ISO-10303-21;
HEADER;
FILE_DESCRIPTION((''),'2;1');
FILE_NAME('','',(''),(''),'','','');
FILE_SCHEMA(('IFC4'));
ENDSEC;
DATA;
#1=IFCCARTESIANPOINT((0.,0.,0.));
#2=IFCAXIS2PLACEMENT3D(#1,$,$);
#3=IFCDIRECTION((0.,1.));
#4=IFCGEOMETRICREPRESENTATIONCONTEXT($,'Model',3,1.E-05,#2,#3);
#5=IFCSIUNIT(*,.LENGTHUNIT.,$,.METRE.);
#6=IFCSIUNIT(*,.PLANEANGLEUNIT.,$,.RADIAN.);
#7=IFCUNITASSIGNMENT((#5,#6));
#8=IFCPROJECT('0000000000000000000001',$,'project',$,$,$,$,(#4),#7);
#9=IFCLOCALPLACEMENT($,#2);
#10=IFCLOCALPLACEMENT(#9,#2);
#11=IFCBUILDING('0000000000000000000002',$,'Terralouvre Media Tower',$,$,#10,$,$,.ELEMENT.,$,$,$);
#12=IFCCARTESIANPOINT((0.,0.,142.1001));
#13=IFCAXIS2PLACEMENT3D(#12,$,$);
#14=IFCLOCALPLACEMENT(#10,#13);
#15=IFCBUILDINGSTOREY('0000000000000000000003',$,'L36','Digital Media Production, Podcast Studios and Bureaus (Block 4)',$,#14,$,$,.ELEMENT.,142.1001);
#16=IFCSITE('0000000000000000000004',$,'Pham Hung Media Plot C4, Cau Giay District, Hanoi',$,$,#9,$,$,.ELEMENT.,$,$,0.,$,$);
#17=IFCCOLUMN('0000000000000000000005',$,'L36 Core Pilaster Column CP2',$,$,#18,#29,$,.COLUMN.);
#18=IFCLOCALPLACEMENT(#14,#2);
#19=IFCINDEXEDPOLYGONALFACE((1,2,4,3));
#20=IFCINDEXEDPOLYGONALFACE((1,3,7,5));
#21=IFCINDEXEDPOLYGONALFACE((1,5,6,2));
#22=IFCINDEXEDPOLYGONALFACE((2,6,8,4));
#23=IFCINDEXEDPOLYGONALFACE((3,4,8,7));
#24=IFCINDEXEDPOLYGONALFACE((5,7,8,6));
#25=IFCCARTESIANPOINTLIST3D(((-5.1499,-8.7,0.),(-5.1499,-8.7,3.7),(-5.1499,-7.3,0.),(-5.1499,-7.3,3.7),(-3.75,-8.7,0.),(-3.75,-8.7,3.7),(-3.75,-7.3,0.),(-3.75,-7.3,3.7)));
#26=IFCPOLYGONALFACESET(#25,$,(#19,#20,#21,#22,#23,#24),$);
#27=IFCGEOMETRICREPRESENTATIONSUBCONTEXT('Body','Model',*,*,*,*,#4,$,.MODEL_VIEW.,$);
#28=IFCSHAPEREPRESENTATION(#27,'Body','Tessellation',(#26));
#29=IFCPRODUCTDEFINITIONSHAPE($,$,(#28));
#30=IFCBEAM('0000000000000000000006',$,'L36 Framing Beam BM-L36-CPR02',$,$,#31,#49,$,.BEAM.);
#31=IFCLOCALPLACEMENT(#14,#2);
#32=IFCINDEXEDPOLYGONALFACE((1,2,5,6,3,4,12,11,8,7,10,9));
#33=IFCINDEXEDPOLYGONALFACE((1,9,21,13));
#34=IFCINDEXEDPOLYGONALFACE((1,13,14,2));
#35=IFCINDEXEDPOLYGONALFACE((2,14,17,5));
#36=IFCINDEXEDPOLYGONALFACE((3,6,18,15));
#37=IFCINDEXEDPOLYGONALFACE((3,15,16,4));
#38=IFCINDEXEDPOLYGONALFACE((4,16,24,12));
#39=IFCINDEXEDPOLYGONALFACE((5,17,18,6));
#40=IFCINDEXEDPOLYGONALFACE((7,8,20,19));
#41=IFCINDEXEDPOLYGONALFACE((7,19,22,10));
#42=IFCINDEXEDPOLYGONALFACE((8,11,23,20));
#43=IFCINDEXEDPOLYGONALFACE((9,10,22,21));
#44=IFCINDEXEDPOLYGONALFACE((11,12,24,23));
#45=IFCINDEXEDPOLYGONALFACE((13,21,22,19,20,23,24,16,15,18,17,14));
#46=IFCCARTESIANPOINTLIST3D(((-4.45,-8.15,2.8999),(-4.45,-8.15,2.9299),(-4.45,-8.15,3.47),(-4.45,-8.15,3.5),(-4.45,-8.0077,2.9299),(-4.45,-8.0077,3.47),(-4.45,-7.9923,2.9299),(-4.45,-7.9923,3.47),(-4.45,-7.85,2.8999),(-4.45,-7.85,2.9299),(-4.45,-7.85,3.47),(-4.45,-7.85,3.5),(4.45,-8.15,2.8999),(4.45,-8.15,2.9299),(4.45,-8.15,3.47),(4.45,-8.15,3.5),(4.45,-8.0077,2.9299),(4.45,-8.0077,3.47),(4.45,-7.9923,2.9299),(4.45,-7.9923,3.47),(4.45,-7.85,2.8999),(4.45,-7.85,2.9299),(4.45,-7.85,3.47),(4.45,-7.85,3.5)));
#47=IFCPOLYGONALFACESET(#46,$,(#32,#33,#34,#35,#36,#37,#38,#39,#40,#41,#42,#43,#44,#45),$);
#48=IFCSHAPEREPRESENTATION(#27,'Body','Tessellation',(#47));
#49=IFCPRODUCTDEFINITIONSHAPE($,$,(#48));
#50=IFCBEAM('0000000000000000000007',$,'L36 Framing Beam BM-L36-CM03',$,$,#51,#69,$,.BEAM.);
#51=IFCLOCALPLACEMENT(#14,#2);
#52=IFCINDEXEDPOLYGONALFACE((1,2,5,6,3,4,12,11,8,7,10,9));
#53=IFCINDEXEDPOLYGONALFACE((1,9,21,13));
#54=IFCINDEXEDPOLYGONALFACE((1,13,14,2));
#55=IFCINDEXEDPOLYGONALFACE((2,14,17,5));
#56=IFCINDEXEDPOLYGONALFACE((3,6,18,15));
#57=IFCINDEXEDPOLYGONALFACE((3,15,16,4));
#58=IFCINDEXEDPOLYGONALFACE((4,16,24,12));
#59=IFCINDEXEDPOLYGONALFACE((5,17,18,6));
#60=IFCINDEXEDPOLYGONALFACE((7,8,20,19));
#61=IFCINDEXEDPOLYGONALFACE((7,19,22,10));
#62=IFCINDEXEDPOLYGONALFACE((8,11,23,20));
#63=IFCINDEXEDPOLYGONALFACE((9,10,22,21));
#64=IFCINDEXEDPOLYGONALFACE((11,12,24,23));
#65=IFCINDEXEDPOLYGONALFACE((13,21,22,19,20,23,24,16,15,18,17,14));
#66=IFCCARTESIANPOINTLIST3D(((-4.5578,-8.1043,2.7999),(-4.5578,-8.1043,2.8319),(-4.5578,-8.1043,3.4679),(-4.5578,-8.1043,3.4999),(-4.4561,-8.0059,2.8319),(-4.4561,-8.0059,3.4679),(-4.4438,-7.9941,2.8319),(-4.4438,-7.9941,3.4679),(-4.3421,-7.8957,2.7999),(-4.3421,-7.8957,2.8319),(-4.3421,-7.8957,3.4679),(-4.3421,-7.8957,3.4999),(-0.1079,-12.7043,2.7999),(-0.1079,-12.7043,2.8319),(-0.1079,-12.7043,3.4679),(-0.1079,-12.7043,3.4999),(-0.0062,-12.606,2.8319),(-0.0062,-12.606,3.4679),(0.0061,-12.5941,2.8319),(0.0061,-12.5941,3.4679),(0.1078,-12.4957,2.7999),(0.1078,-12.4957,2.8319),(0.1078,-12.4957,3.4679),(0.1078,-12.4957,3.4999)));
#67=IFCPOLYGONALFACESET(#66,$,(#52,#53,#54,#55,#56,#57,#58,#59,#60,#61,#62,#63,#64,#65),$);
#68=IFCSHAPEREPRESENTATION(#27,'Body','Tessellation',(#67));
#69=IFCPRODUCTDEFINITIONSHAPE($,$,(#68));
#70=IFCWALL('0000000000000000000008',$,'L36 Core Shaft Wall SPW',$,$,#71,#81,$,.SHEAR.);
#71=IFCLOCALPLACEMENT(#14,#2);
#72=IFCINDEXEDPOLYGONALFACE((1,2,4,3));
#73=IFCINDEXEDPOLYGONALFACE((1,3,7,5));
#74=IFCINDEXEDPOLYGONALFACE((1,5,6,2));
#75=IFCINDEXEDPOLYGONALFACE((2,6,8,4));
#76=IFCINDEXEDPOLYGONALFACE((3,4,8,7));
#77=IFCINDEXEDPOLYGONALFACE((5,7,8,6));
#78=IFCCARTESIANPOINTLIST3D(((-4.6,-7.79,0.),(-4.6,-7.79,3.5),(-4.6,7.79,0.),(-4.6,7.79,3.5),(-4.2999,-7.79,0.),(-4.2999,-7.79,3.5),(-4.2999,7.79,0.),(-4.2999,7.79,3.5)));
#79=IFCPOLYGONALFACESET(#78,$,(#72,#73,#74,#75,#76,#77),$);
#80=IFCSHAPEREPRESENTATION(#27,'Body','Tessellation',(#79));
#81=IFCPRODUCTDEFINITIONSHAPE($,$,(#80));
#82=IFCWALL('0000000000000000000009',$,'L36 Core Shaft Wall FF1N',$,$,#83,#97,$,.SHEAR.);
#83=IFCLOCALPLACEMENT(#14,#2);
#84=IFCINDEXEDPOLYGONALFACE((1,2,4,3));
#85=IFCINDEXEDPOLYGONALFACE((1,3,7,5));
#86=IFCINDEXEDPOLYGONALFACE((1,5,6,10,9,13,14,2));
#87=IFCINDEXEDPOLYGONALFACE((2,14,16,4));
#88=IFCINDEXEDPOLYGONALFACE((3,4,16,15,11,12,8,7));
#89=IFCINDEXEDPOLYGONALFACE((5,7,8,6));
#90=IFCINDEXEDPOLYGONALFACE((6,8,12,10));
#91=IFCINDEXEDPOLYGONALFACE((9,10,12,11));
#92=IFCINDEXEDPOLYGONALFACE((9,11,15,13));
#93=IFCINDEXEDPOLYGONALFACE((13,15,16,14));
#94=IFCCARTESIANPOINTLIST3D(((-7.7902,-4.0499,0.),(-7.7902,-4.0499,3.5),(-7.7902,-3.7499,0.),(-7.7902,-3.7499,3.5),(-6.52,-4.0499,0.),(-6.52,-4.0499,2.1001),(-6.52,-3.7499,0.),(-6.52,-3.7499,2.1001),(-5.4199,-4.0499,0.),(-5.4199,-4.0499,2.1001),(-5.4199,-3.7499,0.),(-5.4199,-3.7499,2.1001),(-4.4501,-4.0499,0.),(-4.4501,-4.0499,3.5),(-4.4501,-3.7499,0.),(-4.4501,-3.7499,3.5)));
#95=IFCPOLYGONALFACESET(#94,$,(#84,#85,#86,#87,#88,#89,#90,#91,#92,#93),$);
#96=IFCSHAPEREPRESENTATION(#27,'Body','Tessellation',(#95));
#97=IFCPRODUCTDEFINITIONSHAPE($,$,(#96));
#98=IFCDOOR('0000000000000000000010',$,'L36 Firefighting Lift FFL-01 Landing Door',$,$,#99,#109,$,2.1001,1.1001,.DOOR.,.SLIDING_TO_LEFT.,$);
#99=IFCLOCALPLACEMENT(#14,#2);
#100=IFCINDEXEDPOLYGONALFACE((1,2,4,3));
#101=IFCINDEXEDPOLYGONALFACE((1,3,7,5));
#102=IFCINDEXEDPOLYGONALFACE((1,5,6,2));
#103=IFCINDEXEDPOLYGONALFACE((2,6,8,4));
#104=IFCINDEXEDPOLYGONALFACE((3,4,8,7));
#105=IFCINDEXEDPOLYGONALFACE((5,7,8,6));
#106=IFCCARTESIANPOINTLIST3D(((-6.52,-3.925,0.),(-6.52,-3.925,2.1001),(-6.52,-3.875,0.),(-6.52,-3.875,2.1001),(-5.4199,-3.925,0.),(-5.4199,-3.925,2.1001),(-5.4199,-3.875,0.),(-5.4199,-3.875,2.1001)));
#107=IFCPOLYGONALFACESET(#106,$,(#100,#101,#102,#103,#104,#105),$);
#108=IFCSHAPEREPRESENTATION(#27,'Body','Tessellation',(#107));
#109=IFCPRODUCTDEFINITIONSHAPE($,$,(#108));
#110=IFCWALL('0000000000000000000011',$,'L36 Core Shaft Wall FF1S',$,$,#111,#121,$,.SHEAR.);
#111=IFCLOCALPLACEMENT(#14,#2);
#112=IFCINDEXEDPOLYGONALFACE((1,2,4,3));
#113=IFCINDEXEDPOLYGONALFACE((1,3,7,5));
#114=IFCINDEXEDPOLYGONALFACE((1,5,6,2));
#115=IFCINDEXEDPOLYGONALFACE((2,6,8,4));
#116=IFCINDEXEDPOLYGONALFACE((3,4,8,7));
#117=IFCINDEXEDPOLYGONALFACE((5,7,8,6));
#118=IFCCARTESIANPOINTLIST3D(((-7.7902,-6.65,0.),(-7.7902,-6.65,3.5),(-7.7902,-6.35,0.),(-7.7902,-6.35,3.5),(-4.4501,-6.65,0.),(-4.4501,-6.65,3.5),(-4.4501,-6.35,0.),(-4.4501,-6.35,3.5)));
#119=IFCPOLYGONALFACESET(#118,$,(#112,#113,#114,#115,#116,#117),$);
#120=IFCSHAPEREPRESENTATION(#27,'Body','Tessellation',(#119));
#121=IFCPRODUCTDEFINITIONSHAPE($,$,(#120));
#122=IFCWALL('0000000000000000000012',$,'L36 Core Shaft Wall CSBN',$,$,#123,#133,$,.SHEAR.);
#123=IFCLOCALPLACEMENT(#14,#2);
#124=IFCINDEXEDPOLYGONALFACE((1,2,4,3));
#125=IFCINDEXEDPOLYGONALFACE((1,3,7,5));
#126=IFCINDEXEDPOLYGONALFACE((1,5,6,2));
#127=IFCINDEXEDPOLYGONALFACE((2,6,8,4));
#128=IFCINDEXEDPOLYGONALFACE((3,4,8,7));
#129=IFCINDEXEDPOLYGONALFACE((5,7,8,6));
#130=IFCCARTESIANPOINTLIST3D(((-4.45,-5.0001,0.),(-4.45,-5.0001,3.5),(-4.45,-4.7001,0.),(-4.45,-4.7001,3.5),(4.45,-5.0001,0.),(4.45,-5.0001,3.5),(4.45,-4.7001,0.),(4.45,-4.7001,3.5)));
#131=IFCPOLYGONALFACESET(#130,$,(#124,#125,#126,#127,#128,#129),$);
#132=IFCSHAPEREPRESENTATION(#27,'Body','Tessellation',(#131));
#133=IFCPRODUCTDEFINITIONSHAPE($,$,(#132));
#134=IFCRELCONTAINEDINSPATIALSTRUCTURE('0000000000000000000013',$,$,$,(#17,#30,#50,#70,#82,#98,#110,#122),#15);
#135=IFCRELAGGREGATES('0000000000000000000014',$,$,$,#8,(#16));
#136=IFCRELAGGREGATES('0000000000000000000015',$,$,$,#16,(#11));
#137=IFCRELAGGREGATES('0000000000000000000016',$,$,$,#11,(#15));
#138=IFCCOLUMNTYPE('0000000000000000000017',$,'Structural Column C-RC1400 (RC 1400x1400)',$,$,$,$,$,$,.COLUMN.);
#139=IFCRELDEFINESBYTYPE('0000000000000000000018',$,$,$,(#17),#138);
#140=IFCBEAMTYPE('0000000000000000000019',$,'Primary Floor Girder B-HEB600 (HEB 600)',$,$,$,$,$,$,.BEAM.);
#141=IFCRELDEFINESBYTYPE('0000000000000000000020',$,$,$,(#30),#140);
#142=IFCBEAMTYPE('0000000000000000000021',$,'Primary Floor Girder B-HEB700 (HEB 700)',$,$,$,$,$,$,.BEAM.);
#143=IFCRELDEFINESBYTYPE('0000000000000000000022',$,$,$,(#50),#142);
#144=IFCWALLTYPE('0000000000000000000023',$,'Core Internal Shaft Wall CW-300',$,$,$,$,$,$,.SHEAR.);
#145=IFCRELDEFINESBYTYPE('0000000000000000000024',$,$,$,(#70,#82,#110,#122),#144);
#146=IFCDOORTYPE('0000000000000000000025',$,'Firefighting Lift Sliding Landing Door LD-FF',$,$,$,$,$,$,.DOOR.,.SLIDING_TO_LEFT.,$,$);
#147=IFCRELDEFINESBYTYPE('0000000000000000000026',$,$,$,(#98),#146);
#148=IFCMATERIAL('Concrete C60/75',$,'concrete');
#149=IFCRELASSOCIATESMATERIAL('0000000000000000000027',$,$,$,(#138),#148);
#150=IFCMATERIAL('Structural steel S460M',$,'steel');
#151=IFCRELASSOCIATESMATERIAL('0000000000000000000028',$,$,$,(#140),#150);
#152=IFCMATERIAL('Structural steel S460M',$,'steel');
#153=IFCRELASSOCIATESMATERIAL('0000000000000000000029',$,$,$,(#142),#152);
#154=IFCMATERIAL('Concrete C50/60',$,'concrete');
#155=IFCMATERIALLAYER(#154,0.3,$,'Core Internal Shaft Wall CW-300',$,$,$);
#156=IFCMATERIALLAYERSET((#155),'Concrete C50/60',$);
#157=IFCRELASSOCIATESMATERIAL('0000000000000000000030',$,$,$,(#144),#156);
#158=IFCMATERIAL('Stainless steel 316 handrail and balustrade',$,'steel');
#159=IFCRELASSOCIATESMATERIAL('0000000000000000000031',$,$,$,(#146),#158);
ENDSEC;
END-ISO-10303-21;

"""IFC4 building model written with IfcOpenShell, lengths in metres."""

from ifc_helpers import new_model, si_unit, direction, frame, frame_2d, origin, origin_2d, place, context, subcontext, project, spatial, rectangle, i_section, extrude, material, layer, layer_set, material_profile, profile_set, type_object, element, fill, save


model = new_model("IFC4")

# Units and contexts
model_context = context("Model", 3, precision=1e-05, world=origin(), true_north=direction((0.0, 1.0)))
body_context = subcontext(model_context, "Body", "Model", "MODEL_VIEW")
ifc_project = project(units=[si_unit("LENGTHUNIT", "METRE"), si_unit("PLANEANGLEUNIT", "RADIAN")], contexts=[model_context])

# Site, building, storey
site_placement = place(None, origin())
site = spatial("IfcSite", under=ifc_project, at=site_placement, Name="Pham Hung Media Plot C4, Cau Giay District, Hanoi", CompositionType="ELEMENT", RefElevation=0.0)
building_placement = place(site_placement, origin())
building = spatial("IfcBuilding", under=site, at=building_placement, Name="Terralouvre Media Tower", CompositionType="ELEMENT")
storey_placement = place(building_placement, frame((0.0, 0.0, 142.1001)))
storey = spatial("IfcBuildingStorey", under=building, at=storey_placement, Name="L36", Description="Digital Media Production, Podcast Studios and Bureaus (Block 4)", CompositionType="ELEMENT", Elevation=142.1001)

# Column
ifc_material_1 = material(Name="Concrete C60/75", Category="concrete")
ifc_material_profile_1 = material_profile(ifc_material_1, rectangle(XDim=1.3999, YDim=1.3999, at=origin_2d()), Name="RC 1400x1400")
ifc_profile_set_1 = profile_set([ifc_material_profile_1], Name="Concrete C60/75")
column_type = type_object("IfcColumnType", Name="Structural Column C-RC1400 (RC 1400x1400)", PredefinedType="COLUMN", material=ifc_profile_set_1)
column_placement = place(storey_placement, frame((-4.45, -8.0, 0.0), z_axis=(0.0, 0.0, 1.0), x_axis=(1.0, 0.0, 0.0)))
element("IfcColumn", 1, at=column_placement, inside=storey, type_object=column_type, Name="L36 Core Pilaster Column CP2", PredefinedType="COLUMN", context=body_context, shape_type="SweptSolid", body=[
    extrude(rectangle(XDim=1.3999, YDim=1.3999, at=origin_2d()), origin(), (0.0, 0.0, 1.0), 3.7),
])

# Beams
ifc_material_2 = material(Name="Structural steel S460M", Category="steel")
ifc_material_profile_2 = material_profile(ifc_material_2, i_section(OverallWidth=0.3, OverallDepth=0.6001, WebThickness=0.0154, FlangeThickness=0.03, at=origin_2d()), Name="HEB 600")
ifc_profile_set_2 = profile_set([ifc_material_profile_2], Name="Structural steel S460M")
beam_type_1 = type_object("IfcBeamType", Name="Primary Floor Girder B-HEB600 (HEB 600)", PredefinedType="BEAM", material=ifc_profile_set_2)
beam_1_placement = place(storey_placement, frame((-4.45, -8.0, 3.2), z_axis=(1.0, 0.0, 0.0), x_axis=(0.0, 1.0, 0.0)))
element("IfcBeam", 2, at=beam_1_placement, inside=storey, type_object=beam_type_1, Name="L36 Framing Beam BM-L36-CPR02", PredefinedType="BEAM", context=body_context, shape_type="SweptSolid", body=[
    extrude(i_section(OverallWidth=0.3, OverallDepth=0.6001, WebThickness=0.0154, FlangeThickness=0.03, at=origin_2d()), origin(), (0.0, 0.0, 1.0), 8.8999),
])
ifc_material_3 = material(Name="Structural steel S460M", Category="steel")
ifc_material_profile_3 = material_profile(ifc_material_3, i_section(OverallWidth=0.3, OverallDepth=0.7, WebThickness=0.0171, FlangeThickness=0.032, at=origin_2d()), Name="HEB 700")
ifc_profile_set_3 = profile_set([ifc_material_profile_3], Name="Structural steel S460M")
beam_type_2 = type_object("IfcBeamType", Name="Primary Floor Girder B-HEB700 (HEB 700)", PredefinedType="BEAM", material=ifc_profile_set_3)
beam_2_placement = place(storey_placement, frame((-4.45, -8.0, 3.1499), z_axis=(0.69528, -0.718739, 0.0), x_axis=(0.718739, 0.69528, 0.0)))
element("IfcBeam", 3, at=beam_2_placement, inside=storey, type_object=beam_type_2, Name="L36 Framing Beam BM-L36-CM03", PredefinedType="BEAM", context=body_context, shape_type="SweptSolid", body=[
    extrude(i_section(OverallWidth=0.3, OverallDepth=0.7, WebThickness=0.0171, FlangeThickness=0.032, at=origin_2d()), origin(), (0.0, 0.0, 1.0), 6.4001),
])

# Wall
ifc_material_4 = material(Name="Concrete C50/60", Category="concrete")
ifc_layer_1 = layer(ifc_material_4, 0.3, Name="Core Internal Shaft Wall CW-300")
ifc_layer_set_1 = layer_set([ifc_layer_1], Name="Concrete C50/60")
wall_type_1 = type_object("IfcWallType", Name="Core Internal Shaft Wall CW-300", PredefinedType="SHEAR", material=ifc_layer_set_1)
wall_1_placement = place(storey_placement, frame((-4.45, -7.79, 0.0), z_axis=(0.0, 0.0, 1.0), x_axis=(0.0, 1.0, 0.0)))
element("IfcWall", 4, at=wall_1_placement, inside=storey, type_object=wall_type_1, Name="L36 Core Shaft Wall SPW", PredefinedType="SHEAR", context=body_context, shape_type="SweptSolid", body=[
    extrude(rectangle(XDim=15.5801, YDim=0.3, at=frame_2d((7.79, 0.0))), origin(), (0.0, 0.0, 1.0), 3.5),
])

# Wall, opening, door
wall_2_placement = place(storey_placement, frame((-7.79, -3.8999, 0.0), z_axis=(0.0, 0.0, 1.0), x_axis=(1.0, 0.0, 0.0)))
wall_2 = element("IfcWall", 5, at=wall_2_placement, inside=storey, type_object=wall_type_1, Name="L36 Core Shaft Wall FF1N", PredefinedType="SHEAR", context=body_context, shape_type="SweptSolid", body=[
    extrude(rectangle(XDim=3.3401, YDim=0.3, at=frame_2d((1.6699, 0.0))), origin(), (0.0, 0.0, 1.0), 3.5),
])
opening_1_placement = place(wall_2_placement, frame((1.27, 0.0, 0.0)))
opening_1 = element("IfcOpeningElement", 6, at=opening_1_placement, cuts=wall_2, PredefinedType="OPENING", context=body_context, shape_type="SweptSolid", body=[
    extrude(rectangle(XDim=1.1001, YDim=2.1001, at=frame_2d((0.55, 1.05))), frame((0.0, 0.1599, 0.0), z_axis=(0.0, -1.0, 0.0), x_axis=(1.0, 0.0, 0.0)), (0.0, 0.0, 1.0), 0.3201),
])
ifc_material_5 = material(Name="Stainless steel 316 handrail and balustrade", Category="steel")
door_type_1 = type_object("IfcDoorType", Name="Firefighting Lift Sliding Landing Door LD-FF", OperationType="SLIDING_TO_LEFT", PredefinedType="DOOR", material=ifc_material_5)
door_1_placement = place(opening_1_placement, origin())
door_1 = element("IfcDoor", 7, at=door_1_placement, inside=storey, type_object=door_type_1, Name="L36 Firefighting Lift FFL-01 Landing Door", OperationType="SLIDING_TO_LEFT", OverallHeight=2.1001, OverallWidth=1.1001, PredefinedType="DOOR", context=body_context, shape_type="SweptSolid", body=[
    extrude(rectangle(XDim=1.1001, YDim=2.1001, at=frame_2d((0.55, 1.05))), frame((0.0, 0.0249, 0.0), z_axis=(0.0, -1.0, 0.0), x_axis=(1.0, 0.0, 0.0)), (0.0, 0.0, 1.0), 0.05),
])
fill(opening_1, door_1)

# Walls
wall_3_placement = place(storey_placement, frame((-7.79, -6.5, 0.0), z_axis=(0.0, 0.0, 1.0), x_axis=(1.0, 0.0, 0.0)))
element("IfcWall", 8, at=wall_3_placement, inside=storey, type_object=wall_type_1, Name="L36 Core Shaft Wall FF1S", PredefinedType="SHEAR", context=body_context, shape_type="SweptSolid", body=[
    extrude(rectangle(XDim=3.3401, YDim=0.3, at=frame_2d((1.6699, 0.0))), origin(), (0.0, 0.0, 1.0), 3.5),
])
wall_4_placement = place(storey_placement, frame((-4.45, -4.8501, 0.0), z_axis=(0.0, 0.0, 1.0), x_axis=(1.0, 0.0, 0.0)))
element("IfcWall", 9, at=wall_4_placement, inside=storey, type_object=wall_type_1, Name="L36 Core Shaft Wall CSBN", PredefinedType="SHEAR", context=body_context, shape_type="SweptSolid", body=[
    extrude(rectangle(XDim=8.8999, YDim=0.3, at=frame_2d((4.45, 0.0))), origin(), (0.0, 0.0, 1.0), 3.5),
])

save(model, "model.ifc")
